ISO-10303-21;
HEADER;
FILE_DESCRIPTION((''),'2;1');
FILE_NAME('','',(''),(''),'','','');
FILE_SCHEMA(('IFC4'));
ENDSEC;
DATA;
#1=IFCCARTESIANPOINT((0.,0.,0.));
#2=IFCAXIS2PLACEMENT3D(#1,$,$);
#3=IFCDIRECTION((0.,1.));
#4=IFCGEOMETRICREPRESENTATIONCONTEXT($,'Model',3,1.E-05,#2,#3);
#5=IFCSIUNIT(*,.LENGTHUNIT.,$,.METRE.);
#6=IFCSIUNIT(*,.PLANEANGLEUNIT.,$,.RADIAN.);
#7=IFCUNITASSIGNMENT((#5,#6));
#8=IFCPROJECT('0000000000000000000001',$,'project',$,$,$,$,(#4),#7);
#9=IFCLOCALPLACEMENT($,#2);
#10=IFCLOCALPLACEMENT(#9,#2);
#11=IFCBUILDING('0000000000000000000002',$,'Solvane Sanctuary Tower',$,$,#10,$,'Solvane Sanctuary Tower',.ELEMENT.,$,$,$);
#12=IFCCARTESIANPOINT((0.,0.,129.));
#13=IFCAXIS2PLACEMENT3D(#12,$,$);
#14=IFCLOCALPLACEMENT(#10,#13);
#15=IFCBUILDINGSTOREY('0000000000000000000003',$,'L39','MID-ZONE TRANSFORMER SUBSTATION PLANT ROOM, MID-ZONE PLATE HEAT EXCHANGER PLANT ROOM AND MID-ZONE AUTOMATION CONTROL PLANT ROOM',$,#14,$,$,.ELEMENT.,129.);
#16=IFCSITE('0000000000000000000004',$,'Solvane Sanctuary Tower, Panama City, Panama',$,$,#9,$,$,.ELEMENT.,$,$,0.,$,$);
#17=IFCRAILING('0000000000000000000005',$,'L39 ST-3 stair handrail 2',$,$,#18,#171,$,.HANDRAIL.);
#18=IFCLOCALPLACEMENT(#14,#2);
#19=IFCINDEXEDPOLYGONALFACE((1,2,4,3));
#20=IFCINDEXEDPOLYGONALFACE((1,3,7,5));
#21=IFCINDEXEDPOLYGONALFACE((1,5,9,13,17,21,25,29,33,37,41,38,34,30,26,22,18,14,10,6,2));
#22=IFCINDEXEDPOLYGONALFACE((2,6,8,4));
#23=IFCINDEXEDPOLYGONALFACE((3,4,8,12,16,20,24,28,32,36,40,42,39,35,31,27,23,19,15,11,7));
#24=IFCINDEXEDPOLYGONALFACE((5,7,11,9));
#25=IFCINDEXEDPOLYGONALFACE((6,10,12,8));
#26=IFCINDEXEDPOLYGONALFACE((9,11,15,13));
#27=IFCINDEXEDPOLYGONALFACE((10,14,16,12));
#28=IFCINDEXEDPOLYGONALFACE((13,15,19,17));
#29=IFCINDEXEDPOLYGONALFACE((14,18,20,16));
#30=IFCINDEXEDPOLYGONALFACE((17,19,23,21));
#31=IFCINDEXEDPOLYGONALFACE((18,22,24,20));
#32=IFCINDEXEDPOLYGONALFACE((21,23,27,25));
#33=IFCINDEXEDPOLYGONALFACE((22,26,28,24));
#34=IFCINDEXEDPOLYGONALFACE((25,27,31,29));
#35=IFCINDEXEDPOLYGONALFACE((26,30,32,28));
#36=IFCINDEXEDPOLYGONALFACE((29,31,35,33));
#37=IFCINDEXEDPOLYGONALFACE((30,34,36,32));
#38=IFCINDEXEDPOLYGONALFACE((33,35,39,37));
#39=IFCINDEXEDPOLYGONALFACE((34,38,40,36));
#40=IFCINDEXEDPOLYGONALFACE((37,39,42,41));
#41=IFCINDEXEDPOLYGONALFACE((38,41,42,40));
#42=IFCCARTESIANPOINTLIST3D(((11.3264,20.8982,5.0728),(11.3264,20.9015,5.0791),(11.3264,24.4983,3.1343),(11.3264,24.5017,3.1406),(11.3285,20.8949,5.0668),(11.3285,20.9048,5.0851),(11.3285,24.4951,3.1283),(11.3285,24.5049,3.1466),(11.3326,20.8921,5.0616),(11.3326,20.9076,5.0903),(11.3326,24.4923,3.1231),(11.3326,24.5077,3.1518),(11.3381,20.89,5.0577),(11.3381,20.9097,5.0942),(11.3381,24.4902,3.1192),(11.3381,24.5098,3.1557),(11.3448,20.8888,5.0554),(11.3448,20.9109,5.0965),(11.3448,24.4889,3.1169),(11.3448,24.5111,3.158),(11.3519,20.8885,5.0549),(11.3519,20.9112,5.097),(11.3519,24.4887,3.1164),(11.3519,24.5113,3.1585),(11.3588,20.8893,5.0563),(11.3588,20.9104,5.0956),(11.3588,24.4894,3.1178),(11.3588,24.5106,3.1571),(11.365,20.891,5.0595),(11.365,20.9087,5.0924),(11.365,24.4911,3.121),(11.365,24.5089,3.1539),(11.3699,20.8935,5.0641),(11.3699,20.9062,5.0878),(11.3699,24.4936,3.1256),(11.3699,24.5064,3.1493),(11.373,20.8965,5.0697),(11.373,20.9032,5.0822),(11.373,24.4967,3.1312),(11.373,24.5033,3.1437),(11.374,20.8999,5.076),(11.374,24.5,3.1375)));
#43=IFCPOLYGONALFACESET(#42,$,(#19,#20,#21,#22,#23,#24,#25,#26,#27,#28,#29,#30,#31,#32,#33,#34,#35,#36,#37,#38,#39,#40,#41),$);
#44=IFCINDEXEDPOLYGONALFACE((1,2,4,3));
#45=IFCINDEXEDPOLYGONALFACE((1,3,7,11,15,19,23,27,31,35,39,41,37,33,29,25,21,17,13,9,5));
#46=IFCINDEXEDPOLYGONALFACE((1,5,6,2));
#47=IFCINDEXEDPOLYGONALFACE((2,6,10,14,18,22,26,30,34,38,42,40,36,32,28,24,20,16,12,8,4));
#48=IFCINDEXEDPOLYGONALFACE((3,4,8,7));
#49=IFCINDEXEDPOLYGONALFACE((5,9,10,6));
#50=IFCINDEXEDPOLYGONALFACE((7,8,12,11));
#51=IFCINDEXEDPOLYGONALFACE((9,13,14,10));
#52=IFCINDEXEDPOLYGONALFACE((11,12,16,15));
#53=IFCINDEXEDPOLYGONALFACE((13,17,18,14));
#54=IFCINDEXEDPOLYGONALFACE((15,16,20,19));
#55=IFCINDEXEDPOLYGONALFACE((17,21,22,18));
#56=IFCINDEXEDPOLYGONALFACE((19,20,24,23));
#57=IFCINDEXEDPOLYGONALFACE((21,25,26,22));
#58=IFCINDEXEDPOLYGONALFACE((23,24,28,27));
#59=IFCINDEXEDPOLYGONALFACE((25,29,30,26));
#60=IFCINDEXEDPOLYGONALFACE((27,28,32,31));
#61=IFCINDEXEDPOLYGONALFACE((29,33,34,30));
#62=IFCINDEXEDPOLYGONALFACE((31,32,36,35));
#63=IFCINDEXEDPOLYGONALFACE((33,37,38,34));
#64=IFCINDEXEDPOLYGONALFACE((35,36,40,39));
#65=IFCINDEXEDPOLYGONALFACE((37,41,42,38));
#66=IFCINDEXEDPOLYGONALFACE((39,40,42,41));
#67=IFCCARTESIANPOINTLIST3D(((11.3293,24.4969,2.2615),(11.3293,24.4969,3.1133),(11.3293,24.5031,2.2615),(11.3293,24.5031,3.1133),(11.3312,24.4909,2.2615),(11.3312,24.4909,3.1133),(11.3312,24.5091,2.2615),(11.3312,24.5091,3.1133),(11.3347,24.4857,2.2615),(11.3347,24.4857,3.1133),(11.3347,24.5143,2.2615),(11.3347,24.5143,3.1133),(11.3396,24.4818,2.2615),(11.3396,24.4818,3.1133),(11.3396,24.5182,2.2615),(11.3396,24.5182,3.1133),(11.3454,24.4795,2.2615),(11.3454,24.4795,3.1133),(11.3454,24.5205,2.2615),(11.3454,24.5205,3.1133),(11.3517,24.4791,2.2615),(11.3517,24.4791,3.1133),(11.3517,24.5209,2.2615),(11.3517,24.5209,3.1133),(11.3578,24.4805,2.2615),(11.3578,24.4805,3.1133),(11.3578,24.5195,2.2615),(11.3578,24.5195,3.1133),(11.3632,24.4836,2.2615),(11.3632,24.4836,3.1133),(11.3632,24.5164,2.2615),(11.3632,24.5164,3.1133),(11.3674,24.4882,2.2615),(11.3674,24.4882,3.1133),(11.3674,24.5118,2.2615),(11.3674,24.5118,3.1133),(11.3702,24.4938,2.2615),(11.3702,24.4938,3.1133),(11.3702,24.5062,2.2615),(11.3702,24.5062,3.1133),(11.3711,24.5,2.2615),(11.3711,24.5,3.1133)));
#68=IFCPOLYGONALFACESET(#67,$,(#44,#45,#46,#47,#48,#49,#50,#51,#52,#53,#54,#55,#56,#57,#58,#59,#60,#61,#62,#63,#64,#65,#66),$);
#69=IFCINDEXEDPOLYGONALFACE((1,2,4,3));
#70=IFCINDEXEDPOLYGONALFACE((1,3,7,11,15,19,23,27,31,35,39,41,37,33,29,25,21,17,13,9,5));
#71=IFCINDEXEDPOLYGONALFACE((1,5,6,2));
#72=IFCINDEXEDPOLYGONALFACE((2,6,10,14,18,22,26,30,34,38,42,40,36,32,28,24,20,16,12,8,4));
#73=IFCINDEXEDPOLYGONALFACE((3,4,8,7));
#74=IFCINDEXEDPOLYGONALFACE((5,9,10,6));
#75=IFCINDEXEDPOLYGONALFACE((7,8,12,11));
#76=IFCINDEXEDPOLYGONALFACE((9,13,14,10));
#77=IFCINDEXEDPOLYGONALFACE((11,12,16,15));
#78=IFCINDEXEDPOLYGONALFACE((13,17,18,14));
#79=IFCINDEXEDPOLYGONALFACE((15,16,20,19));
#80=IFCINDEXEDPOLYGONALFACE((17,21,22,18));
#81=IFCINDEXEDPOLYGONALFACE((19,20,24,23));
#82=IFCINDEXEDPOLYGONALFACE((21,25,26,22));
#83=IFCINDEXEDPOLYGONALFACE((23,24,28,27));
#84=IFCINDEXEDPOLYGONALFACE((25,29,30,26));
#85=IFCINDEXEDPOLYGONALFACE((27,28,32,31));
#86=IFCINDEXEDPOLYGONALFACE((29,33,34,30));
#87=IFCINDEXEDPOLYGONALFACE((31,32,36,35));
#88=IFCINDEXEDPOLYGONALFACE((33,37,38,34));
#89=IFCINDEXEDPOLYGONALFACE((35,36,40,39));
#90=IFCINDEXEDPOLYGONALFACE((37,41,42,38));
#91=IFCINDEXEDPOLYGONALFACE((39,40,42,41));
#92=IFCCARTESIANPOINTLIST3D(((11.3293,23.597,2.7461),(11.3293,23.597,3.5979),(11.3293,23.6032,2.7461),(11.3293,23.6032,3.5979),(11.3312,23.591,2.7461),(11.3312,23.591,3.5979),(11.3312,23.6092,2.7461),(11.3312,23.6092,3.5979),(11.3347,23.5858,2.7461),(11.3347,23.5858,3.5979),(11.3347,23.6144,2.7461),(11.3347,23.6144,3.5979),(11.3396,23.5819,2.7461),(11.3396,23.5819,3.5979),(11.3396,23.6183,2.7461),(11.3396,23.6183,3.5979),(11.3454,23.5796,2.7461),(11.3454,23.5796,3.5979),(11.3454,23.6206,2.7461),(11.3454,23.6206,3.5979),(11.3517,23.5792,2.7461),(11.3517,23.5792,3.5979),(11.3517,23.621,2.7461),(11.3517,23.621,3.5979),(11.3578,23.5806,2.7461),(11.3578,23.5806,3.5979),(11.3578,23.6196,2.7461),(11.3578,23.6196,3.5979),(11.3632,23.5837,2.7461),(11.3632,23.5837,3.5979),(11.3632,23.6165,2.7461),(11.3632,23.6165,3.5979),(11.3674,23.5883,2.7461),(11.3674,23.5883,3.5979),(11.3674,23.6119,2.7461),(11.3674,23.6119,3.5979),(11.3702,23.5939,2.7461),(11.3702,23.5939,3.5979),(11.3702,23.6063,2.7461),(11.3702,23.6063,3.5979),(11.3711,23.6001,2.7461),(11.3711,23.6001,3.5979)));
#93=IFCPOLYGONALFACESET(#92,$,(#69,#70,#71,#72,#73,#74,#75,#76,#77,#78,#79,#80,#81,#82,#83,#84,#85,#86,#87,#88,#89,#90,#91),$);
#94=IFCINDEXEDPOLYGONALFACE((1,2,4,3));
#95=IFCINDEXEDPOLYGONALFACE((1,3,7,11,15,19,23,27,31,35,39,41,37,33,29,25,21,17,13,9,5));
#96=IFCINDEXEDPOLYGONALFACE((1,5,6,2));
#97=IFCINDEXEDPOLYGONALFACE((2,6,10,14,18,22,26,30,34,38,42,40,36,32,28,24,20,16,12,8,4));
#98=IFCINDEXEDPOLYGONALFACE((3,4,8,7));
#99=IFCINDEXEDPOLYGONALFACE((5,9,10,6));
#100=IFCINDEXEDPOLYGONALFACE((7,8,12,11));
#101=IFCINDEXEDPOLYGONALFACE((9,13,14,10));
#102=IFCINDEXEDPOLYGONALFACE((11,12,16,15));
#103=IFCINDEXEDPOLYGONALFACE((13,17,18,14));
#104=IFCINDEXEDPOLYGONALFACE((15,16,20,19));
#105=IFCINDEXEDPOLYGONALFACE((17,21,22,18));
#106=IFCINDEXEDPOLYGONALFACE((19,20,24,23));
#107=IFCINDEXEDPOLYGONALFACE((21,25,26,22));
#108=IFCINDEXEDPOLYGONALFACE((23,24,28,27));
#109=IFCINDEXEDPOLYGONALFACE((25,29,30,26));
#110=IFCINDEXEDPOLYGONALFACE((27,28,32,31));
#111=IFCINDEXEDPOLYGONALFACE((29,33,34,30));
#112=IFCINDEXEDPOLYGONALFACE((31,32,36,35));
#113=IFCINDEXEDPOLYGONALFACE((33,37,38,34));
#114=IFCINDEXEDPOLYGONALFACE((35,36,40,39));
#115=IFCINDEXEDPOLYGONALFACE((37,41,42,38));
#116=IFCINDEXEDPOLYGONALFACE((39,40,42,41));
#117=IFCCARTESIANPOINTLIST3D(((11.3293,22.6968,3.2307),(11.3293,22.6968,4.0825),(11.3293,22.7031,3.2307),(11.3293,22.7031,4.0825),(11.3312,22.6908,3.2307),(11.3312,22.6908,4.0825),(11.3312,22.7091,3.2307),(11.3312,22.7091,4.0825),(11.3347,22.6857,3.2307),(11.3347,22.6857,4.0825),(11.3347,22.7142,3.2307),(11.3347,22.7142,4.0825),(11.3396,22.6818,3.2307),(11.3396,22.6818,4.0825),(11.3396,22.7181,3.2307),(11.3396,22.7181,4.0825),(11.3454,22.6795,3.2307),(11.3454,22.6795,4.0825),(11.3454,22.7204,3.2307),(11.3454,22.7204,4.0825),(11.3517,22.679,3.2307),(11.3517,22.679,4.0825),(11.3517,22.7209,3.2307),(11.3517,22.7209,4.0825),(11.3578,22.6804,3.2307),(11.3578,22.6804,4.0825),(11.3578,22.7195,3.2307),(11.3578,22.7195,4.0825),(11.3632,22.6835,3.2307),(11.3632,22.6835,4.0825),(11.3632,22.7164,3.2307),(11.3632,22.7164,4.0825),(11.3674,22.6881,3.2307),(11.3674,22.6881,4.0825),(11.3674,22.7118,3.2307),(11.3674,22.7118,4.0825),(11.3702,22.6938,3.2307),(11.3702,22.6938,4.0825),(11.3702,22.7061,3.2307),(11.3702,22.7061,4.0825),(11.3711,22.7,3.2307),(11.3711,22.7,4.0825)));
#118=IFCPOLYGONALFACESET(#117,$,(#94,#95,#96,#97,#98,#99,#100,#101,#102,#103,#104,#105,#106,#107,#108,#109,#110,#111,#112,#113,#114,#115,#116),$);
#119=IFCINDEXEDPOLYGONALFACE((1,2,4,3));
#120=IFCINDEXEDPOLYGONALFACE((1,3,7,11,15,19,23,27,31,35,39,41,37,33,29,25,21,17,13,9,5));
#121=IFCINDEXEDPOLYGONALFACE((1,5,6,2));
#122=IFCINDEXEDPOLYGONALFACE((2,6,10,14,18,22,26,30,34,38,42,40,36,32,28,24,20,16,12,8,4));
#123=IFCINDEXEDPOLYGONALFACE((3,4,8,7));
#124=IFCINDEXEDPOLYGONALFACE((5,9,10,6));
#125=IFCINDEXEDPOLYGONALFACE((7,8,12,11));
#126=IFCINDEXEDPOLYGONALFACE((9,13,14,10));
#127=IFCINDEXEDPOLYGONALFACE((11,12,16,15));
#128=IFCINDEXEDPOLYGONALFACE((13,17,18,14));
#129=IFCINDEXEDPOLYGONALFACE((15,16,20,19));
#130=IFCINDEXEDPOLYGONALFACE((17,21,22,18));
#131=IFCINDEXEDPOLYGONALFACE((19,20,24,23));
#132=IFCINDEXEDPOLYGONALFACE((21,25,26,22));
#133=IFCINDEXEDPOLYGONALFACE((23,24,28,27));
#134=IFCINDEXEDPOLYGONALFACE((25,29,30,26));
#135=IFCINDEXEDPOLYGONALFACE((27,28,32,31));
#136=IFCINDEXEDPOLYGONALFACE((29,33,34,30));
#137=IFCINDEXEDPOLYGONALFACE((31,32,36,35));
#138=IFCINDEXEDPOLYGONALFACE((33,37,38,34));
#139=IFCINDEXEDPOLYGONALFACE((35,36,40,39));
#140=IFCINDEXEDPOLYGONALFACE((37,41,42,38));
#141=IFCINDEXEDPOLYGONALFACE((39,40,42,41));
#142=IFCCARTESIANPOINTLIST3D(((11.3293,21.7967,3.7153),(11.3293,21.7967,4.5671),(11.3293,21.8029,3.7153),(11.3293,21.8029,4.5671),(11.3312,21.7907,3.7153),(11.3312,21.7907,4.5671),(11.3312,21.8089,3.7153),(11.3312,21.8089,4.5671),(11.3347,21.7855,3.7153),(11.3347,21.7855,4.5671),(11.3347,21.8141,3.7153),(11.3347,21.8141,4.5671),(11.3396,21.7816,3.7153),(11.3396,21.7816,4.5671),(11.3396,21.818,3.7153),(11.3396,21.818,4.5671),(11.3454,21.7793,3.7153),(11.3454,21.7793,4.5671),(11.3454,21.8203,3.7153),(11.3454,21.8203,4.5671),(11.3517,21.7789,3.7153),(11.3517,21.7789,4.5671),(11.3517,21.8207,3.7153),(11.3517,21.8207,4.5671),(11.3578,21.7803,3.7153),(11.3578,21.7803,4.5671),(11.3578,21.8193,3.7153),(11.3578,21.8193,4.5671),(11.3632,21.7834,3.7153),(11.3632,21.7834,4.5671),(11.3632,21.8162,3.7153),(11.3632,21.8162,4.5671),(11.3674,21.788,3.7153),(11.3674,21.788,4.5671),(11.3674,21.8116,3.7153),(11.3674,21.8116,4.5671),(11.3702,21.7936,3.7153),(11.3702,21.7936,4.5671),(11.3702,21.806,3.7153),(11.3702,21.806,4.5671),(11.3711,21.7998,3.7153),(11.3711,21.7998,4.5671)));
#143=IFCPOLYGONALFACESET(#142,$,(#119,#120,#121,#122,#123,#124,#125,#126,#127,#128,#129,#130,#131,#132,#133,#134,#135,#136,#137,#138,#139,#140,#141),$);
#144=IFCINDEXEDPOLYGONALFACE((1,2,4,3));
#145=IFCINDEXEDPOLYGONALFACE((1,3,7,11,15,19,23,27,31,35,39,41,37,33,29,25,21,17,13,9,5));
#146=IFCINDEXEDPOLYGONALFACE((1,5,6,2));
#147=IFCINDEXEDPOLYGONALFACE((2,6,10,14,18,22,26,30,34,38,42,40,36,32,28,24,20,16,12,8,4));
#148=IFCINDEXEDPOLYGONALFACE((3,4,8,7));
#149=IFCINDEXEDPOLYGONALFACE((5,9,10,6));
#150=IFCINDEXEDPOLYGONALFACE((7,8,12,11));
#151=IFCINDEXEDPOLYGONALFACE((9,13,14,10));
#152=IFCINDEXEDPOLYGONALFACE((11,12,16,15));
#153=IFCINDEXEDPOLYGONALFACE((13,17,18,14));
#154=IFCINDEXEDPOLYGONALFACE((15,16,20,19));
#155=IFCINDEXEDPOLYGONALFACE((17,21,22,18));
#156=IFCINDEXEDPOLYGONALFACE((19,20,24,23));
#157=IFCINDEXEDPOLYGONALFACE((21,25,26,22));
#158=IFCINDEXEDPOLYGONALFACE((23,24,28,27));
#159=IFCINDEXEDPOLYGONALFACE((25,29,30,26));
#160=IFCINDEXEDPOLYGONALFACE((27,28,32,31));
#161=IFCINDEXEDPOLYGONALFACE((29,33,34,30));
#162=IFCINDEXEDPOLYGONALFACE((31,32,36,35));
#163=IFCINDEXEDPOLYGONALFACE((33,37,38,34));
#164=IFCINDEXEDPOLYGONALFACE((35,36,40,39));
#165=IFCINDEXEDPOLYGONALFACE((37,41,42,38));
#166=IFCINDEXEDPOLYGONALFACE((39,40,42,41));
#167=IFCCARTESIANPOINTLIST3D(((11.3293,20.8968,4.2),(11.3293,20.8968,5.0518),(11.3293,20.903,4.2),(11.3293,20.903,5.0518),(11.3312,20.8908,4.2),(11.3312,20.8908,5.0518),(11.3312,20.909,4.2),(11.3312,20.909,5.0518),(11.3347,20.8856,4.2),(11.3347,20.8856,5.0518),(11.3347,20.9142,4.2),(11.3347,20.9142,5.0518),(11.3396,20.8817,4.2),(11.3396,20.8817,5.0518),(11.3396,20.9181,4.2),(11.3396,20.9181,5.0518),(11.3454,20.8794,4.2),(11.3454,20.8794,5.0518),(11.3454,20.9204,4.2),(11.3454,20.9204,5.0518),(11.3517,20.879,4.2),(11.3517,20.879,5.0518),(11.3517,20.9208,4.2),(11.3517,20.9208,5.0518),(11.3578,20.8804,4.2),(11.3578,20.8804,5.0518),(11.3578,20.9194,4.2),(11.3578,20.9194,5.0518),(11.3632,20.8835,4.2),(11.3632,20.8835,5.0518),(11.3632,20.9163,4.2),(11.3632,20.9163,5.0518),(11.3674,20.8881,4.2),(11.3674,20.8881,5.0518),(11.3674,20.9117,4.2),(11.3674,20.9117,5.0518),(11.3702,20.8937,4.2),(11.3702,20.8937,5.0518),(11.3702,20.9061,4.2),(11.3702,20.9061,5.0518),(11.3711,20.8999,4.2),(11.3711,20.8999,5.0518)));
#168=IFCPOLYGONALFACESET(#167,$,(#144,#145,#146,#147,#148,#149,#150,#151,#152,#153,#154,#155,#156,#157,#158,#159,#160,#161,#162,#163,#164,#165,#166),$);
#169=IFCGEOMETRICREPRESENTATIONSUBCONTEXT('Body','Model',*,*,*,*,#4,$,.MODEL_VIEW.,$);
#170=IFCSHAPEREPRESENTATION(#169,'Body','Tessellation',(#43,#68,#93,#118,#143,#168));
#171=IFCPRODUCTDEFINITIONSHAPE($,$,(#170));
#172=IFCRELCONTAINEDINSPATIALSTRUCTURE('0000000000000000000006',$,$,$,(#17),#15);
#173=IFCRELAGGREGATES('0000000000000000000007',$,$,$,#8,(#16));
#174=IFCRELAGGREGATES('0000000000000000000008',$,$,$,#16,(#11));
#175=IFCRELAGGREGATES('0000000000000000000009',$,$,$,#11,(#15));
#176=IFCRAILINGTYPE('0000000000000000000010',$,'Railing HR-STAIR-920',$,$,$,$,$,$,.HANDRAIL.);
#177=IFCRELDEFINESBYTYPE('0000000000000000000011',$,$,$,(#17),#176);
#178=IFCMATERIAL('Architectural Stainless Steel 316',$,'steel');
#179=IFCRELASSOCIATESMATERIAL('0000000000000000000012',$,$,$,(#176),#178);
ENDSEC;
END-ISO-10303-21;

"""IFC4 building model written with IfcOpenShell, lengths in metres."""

from ifc_helpers import new_model, si_unit, direction, frame, origin, origin_2d, place, context, subcontext, project, spatial, circle, extrude, material, type_object, element, save


model = new_model("IFC4")

# Units and contexts
model_context = context("Model", 3, precision=1e-05, world=origin(), true_north=direction((0.0, 1.0)))
body_context = subcontext(model_context, "Body", "Model", "MODEL_VIEW")
ifc_project = project(units=[si_unit("LENGTHUNIT", "METRE"), si_unit("PLANEANGLEUNIT", "RADIAN")], contexts=[model_context])

# Site, building, storey
site_placement = place(None, origin())
site = spatial("IfcSite", under=ifc_project, at=site_placement, Name="Solvane Sanctuary Tower, Panama City, Panama", CompositionType="ELEMENT", RefElevation=0.0)
building_placement = place(site_placement, origin())
building = spatial("IfcBuilding", under=site, at=building_placement, Name="Solvane Sanctuary Tower", LongName="Solvane Sanctuary Tower", CompositionType="ELEMENT")
storey_placement = place(building_placement, frame((0.0, 0.0, 129.0)))
storey = spatial("IfcBuildingStorey", under=building, at=storey_placement, Name="L39", Description="MID-ZONE TRANSFORMER SUBSTATION PLANT ROOM, MID-ZONE PLATE HEAT EXCHANGER PLANT ROOM AND MID-ZONE AUTOMATION CONTROL PLANT ROOM", CompositionType="ELEMENT", Elevation=129.0)

# Shared definitions
ifc_material_1 = material(Name="Architectural Stainless Steel 316", Category="steel")

# Railing
railing_type_1 = type_object("IfcRailingType", Name="Railing HR-STAIR-920", PredefinedType="HANDRAIL", material=ifc_material_1)
for number, where, name in (
    (1, (11.3501, 24.5, 2.2615), "L39 ST-3 stair handrail 2"),
):
    element("IfcRailing", number, at=place(storey_placement, frame(where)), inside=storey, type_object=railing_type_1, Name=name, PredefinedType="HANDRAIL", context=body_context, shape_type="SweptSolid", body=[
        extrude(circle(Radius=0.0239, at=origin_2d()), frame((0.0, 0.0, 0.876), z_axis=(0.0, -0.880475, 0.474093), x_axis=(1.0, 0.0, 0.0)), (0.0, 0.0, 1.0), 4.0889),
        extrude(circle(Radius=0.021, at=origin_2d()), origin(), (0.0, 0.0, 1.0), 0.8518),
        extrude(circle(Radius=0.021, at=origin_2d()), frame((0.0, -0.8999, 0.4846)), (0.0, 0.0, 1.0), 0.8518),
        extrude(circle(Radius=0.021, at=origin_2d()), frame((0.0, -1.8, 0.9692)), (0.0, 0.0, 1.0), 0.8518),
        extrude(circle(Radius=0.021, at=origin_2d()), frame((0.0, -2.7002, 1.4539)), (0.0, 0.0, 1.0), 0.8518),
        extrude(circle(Radius=0.021, at=origin_2d()), frame((0.0, -3.6001, 1.9385)), (0.0, 0.0, 1.0), 0.8518),
    ])

save(model, "model.ifc")
